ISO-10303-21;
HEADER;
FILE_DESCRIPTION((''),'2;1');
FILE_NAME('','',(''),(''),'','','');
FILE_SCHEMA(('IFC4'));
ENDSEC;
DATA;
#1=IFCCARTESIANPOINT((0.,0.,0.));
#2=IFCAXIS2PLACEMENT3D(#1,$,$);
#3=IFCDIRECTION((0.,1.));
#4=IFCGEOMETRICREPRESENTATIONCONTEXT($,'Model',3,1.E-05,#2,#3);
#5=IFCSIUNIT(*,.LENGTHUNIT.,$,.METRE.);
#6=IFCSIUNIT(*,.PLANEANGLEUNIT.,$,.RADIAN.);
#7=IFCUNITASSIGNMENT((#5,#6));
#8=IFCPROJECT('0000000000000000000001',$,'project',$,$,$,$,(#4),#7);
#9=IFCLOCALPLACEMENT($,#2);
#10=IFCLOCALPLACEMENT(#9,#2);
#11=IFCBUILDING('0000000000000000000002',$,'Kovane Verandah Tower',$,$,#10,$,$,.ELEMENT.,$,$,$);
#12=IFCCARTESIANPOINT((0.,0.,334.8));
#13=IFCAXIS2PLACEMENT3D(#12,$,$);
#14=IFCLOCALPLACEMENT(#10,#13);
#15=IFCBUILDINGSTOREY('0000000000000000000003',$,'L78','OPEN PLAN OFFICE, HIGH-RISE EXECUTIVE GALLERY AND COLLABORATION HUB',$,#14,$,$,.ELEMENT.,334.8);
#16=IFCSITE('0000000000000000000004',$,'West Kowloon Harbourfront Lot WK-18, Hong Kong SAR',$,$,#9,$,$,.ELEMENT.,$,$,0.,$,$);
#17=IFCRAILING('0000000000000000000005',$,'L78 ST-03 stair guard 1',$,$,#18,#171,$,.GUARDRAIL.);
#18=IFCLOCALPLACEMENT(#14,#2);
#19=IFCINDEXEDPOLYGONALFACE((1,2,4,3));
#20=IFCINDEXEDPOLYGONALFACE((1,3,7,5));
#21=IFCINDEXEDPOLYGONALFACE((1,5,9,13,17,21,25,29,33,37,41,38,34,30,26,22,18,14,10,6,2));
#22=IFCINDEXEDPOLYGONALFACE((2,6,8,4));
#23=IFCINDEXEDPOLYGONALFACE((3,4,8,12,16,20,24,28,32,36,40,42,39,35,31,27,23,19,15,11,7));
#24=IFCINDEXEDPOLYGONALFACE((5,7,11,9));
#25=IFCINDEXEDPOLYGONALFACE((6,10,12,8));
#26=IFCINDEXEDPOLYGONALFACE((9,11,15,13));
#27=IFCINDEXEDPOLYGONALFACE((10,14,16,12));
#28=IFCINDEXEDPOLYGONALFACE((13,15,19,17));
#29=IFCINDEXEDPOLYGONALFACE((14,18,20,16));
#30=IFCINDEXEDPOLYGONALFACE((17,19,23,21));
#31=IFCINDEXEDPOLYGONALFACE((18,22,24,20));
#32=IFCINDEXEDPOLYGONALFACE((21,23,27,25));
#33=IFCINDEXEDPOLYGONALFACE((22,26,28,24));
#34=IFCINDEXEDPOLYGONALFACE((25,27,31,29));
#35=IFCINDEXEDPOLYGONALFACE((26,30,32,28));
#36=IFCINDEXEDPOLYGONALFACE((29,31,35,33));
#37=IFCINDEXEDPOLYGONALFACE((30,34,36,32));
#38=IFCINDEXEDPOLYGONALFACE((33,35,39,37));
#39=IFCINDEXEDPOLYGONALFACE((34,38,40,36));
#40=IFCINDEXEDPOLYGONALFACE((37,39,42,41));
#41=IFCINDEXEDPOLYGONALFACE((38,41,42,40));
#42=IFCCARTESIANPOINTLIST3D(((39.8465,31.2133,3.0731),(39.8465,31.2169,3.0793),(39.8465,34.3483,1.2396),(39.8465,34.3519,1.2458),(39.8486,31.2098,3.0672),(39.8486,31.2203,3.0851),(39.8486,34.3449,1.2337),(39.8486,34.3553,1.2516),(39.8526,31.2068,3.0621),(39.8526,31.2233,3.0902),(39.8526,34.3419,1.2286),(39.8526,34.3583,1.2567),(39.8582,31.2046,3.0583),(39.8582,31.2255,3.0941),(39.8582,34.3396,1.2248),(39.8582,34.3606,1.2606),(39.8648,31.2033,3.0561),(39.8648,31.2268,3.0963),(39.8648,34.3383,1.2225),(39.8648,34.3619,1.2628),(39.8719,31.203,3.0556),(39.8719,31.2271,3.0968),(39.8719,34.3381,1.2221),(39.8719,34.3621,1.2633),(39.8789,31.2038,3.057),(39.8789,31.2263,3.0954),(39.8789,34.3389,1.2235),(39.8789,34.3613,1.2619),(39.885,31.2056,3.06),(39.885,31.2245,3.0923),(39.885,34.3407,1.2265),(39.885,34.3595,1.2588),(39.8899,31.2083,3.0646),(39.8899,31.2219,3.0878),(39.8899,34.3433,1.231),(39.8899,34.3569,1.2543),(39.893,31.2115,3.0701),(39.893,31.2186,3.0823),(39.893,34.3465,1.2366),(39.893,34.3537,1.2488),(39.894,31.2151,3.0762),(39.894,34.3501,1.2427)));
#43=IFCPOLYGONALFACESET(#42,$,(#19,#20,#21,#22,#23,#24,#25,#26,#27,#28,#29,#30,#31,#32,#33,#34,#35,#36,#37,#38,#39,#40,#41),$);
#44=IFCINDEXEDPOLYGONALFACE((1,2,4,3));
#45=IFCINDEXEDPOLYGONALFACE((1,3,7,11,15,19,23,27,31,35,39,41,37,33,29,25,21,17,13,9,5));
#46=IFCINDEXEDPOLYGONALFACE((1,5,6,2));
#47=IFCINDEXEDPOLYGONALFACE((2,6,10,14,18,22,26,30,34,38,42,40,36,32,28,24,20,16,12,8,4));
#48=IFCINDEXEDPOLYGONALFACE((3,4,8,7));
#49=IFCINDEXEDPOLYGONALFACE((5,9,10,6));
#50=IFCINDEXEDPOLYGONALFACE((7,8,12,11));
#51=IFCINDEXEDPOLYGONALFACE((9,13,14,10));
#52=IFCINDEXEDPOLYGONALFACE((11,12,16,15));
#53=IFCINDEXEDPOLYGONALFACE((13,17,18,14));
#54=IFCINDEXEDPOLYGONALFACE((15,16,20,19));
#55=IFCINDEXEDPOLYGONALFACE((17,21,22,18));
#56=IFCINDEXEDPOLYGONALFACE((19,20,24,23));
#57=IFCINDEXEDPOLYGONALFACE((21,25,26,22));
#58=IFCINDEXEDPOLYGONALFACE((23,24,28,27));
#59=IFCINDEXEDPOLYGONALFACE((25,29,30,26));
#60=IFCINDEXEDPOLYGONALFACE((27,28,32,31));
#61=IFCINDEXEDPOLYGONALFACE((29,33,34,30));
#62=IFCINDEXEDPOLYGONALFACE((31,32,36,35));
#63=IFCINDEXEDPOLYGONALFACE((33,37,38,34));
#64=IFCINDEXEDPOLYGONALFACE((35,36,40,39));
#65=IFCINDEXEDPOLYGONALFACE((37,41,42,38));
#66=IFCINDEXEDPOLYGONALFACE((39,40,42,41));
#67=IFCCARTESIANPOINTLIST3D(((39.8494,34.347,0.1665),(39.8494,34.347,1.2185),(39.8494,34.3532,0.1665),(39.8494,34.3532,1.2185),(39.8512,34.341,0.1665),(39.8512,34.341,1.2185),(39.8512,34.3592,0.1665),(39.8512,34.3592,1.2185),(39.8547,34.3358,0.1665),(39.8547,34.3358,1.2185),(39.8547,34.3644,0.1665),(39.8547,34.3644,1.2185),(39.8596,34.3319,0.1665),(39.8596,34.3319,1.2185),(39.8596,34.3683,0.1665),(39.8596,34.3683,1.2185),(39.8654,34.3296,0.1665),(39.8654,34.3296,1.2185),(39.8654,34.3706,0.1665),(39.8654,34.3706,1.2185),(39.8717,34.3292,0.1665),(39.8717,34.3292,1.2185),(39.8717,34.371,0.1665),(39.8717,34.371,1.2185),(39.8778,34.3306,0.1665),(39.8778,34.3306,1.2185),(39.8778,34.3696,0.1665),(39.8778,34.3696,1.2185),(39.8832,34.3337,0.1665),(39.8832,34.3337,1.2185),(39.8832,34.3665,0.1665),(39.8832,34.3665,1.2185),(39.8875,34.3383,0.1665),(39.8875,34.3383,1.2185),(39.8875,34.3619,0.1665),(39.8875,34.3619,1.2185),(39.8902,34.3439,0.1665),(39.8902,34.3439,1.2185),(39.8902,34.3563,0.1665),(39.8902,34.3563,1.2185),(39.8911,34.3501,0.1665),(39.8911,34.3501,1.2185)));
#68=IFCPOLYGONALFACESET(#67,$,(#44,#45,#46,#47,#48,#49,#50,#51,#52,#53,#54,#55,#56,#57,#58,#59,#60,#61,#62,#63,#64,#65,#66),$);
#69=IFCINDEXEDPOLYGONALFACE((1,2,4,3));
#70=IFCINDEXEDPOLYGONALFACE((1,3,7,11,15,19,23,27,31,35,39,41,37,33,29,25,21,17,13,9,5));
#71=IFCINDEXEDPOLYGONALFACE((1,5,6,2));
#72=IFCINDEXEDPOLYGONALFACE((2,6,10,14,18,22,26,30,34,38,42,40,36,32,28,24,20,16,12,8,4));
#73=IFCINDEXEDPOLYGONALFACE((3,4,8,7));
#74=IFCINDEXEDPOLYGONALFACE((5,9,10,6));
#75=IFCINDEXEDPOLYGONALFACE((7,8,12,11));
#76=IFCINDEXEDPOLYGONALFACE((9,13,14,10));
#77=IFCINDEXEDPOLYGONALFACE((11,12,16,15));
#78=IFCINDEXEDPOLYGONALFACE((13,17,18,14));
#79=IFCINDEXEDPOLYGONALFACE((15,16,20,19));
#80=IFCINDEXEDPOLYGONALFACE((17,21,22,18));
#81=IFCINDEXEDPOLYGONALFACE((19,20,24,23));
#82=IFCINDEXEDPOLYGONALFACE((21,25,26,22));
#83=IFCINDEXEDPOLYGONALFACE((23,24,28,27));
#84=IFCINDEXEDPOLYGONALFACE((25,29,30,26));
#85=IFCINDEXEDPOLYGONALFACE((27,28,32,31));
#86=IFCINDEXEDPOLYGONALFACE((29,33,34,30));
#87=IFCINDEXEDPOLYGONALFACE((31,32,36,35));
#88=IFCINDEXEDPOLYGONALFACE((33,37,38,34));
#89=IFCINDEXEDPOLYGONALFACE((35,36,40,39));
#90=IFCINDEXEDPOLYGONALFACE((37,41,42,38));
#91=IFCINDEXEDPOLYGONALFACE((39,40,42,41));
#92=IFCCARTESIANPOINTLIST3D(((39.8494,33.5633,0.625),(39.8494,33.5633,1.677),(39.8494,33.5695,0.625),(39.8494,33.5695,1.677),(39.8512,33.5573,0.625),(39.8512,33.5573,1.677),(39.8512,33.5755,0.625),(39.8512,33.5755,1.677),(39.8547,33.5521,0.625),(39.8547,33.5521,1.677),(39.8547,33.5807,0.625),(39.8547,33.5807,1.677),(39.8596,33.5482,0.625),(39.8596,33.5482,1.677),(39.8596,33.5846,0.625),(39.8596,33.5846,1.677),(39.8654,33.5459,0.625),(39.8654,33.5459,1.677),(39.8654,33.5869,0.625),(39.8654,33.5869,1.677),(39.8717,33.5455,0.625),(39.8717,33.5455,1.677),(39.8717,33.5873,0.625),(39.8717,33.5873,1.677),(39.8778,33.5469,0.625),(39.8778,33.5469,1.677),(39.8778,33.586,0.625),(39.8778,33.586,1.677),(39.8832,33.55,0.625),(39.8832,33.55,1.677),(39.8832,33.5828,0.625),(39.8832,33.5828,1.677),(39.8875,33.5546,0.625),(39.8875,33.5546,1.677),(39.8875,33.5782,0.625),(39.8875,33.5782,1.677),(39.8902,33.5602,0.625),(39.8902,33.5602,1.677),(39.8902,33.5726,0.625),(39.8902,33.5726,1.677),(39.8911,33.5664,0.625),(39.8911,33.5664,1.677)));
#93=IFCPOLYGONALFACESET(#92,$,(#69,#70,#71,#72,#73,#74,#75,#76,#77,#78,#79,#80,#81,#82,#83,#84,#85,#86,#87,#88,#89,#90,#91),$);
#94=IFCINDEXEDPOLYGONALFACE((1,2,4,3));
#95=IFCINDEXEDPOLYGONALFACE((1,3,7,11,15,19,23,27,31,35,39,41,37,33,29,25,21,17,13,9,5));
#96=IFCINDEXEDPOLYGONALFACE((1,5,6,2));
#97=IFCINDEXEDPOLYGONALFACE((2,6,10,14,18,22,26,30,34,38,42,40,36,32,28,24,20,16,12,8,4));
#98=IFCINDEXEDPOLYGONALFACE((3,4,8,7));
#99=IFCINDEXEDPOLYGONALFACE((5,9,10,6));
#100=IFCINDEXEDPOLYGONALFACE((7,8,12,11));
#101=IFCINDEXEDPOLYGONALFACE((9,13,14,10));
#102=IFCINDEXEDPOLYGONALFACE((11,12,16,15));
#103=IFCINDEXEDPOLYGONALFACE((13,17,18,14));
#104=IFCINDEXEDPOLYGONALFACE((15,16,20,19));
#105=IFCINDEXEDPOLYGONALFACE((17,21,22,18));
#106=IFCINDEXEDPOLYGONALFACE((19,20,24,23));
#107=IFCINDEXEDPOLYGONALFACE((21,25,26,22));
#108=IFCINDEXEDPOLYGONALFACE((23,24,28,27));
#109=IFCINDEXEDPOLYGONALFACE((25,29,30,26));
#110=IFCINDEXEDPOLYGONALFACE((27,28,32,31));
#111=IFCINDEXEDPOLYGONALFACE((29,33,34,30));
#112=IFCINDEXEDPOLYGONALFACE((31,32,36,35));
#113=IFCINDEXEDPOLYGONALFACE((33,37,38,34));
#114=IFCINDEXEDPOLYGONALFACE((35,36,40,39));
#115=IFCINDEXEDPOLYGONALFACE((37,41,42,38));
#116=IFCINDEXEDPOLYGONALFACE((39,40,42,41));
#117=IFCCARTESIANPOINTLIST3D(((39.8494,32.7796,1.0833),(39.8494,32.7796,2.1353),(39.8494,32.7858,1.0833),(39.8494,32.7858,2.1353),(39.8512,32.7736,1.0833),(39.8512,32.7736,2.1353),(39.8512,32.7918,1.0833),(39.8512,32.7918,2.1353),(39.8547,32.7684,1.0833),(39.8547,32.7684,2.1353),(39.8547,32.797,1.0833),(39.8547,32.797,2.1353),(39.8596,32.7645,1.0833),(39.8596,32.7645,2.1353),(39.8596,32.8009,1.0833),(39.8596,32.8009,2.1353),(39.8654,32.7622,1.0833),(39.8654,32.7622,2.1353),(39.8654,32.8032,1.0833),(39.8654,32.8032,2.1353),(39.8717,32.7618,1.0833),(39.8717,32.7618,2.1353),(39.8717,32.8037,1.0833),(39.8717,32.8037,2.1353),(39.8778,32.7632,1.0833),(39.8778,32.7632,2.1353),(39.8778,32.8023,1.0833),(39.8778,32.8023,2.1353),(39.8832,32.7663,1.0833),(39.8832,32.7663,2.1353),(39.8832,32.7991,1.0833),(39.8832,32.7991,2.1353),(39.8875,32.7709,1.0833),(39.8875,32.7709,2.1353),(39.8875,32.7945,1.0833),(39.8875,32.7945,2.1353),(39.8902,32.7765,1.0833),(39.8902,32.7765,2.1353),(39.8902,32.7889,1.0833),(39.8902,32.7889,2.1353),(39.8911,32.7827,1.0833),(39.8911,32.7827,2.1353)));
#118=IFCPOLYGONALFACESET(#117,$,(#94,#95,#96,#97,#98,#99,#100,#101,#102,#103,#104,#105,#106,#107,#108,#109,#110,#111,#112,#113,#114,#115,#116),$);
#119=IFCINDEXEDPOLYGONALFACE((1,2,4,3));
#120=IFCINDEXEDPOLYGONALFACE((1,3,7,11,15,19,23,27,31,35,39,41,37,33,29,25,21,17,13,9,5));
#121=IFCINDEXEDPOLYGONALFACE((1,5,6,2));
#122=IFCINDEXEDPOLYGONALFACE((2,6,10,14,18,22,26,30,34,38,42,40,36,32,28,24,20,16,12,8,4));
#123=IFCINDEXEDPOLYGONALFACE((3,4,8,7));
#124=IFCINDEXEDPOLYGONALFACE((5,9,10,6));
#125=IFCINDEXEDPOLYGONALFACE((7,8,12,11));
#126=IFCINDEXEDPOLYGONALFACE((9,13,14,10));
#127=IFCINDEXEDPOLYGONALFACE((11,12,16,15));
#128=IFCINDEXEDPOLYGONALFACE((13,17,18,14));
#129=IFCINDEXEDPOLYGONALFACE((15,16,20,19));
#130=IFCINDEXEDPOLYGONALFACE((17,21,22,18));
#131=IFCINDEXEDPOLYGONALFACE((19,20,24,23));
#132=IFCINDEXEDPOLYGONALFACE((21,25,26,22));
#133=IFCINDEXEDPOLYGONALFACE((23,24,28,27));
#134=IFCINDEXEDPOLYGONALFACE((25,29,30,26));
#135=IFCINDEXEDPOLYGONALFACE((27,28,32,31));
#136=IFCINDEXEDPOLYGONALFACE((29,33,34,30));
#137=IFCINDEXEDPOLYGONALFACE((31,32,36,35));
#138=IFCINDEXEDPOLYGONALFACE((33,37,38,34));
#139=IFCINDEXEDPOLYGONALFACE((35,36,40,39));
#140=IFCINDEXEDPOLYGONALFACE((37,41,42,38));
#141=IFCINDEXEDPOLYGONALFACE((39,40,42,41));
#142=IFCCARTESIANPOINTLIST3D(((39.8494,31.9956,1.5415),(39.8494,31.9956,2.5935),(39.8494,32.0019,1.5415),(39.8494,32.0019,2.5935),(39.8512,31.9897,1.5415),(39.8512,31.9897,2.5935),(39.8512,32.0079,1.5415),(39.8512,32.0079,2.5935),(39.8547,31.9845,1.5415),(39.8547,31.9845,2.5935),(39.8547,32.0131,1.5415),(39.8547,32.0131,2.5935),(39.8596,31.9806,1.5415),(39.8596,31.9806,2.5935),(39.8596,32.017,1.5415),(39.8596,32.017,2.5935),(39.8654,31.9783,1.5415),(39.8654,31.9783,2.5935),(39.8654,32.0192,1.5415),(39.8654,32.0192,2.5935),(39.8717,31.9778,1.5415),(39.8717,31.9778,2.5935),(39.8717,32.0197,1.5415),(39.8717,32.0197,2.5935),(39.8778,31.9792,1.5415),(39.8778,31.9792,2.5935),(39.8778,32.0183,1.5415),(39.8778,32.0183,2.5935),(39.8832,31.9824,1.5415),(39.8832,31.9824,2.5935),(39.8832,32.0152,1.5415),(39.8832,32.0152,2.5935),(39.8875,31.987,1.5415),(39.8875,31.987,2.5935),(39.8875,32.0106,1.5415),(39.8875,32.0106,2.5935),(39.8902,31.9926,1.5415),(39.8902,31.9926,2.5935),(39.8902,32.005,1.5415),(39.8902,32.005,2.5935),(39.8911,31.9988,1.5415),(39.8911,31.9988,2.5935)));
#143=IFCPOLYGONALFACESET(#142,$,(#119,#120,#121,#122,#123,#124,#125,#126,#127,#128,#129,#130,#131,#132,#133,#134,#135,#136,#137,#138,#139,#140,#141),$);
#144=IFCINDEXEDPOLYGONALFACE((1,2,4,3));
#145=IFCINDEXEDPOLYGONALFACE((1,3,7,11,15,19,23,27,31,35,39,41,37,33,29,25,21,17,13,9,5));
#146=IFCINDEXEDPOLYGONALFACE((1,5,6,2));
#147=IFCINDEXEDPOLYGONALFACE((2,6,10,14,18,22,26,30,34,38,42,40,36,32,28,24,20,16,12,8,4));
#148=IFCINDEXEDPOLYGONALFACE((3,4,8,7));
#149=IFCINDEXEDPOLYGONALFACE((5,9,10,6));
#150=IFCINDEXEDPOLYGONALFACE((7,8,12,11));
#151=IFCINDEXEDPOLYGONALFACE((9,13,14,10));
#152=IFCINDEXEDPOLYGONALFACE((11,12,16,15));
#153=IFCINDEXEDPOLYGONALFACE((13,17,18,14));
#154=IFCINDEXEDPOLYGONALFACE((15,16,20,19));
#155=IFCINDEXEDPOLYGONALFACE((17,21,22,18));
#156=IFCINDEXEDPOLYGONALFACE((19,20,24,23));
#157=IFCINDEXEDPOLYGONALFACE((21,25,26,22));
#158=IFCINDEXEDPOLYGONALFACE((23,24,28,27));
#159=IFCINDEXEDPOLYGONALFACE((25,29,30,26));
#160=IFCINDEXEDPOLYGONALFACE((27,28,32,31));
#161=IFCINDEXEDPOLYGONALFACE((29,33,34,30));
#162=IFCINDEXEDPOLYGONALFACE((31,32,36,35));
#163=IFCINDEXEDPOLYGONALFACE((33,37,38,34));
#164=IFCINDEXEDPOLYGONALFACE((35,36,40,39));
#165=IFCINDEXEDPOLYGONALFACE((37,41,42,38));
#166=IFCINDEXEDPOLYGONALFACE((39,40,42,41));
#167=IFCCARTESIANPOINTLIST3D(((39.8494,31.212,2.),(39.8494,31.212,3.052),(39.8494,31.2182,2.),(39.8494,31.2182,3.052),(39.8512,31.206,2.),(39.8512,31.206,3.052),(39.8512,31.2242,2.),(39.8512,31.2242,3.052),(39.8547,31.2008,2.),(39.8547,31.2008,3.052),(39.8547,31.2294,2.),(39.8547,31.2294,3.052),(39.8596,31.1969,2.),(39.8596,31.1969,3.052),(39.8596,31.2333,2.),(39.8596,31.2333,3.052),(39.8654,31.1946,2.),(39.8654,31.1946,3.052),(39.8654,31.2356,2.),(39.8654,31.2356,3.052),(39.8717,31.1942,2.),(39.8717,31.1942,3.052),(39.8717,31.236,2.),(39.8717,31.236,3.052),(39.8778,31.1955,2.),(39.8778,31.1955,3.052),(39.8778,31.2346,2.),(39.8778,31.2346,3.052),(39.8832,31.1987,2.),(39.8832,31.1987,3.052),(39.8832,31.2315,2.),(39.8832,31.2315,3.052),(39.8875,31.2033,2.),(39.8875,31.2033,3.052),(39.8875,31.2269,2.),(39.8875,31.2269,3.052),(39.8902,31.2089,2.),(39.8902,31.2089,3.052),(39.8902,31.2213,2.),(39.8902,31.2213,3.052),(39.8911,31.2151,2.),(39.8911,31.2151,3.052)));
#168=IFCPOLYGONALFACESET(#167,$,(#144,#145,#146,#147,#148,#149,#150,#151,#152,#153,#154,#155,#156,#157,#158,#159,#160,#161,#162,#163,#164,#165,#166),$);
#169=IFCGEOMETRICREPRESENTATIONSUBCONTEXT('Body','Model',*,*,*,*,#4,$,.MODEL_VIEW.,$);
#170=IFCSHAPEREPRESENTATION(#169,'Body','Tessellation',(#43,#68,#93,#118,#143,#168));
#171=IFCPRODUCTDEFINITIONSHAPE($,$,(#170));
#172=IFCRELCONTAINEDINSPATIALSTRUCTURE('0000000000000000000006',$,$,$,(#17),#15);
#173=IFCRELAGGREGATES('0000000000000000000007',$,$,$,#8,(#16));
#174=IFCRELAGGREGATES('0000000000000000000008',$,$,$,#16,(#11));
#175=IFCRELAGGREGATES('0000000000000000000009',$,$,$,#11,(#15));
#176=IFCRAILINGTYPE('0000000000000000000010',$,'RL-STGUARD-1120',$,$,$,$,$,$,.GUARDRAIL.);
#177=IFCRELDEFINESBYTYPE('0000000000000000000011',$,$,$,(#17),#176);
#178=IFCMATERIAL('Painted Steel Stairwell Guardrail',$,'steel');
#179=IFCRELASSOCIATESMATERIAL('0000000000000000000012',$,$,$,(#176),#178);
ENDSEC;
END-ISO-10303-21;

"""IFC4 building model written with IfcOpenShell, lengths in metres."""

from ifc_helpers import new_model, si_unit, direction, frame, origin, origin_2d, place, context, subcontext, project, spatial, circle, extrude, material, type_object, element, save


model = new_model("IFC4")

# Units and contexts
model_context = context("Model", 3, precision=1e-05, world=origin(), true_north=direction((0.0, 1.0)))
body_context = subcontext(model_context, "Body", "Model", "MODEL_VIEW")
ifc_project = project(units=[si_unit("LENGTHUNIT", "METRE"), si_unit("PLANEANGLEUNIT", "RADIAN")], contexts=[model_context])

# Site, building, storey
site_placement = place(None, origin())
site = spatial("IfcSite", under=ifc_project, at=site_placement, Name="West Kowloon Harbourfront Lot WK-18, Hong Kong SAR", CompositionType="ELEMENT", RefElevation=0.0)
building_placement = place(site_placement, origin())
building = spatial("IfcBuilding", under=site, at=building_placement, Name="Kovane Verandah Tower", CompositionType="ELEMENT")
storey_placement = place(building_placement, frame((0.0, 0.0, 334.8)))
storey = spatial("IfcBuildingStorey", under=building, at=storey_placement, Name="L78", Description="OPEN PLAN OFFICE, HIGH-RISE EXECUTIVE GALLERY AND COLLABORATION HUB", CompositionType="ELEMENT", Elevation=334.8)

# Railing
ifc_material_1 = material(Name="Painted Steel Stairwell Guardrail", Category="steel")
railing_type_1 = type_object("IfcRailingType", Name="RL-STGUARD-1120", PredefinedType="GUARDRAIL", material=ifc_material_1)
for number, where, name in (
    (1, (39.8701, 34.3501, 0.1665), "L78 ST-03 stair guard 1"),
):
    element("IfcRailing", number, at=place(storey_placement, frame(where)), inside=storey, type_object=railing_type_1, Name=name, PredefinedType="GUARDRAIL", context=body_context, shape_type="SweptSolid", body=[
        extrude(circle(Radius=0.0239, at=origin_2d()), frame((0.0, 0.0, 1.0762), z_axis=(0.0, -0.86321, 0.504845), x_axis=(1.0, 0.0, 0.0)), (0.0, 0.0, 1.0), 3.6318),
        extrude(circle(Radius=0.021, at=origin_2d()), origin(), (0.0, 0.0, 1.0), 1.052),
        extrude(circle(Radius=0.021, at=origin_2d()), frame((0.0, -0.7837, 0.4585)), (0.0, 0.0, 1.0), 1.052),
        extrude(circle(Radius=0.021, at=origin_2d()), frame((0.0, -1.5674, 0.9167)), (0.0, 0.0, 1.0), 1.052),
        extrude(circle(Radius=0.021, at=origin_2d()), frame((0.0, -2.3513, 1.375)), (0.0, 0.0, 1.0), 1.052),
        extrude(circle(Radius=0.021, at=origin_2d()), frame((0.0, -3.135, 1.8335)), (0.0, 0.0, 1.0), 1.052),
    ])

save(model, "model.ifc")
